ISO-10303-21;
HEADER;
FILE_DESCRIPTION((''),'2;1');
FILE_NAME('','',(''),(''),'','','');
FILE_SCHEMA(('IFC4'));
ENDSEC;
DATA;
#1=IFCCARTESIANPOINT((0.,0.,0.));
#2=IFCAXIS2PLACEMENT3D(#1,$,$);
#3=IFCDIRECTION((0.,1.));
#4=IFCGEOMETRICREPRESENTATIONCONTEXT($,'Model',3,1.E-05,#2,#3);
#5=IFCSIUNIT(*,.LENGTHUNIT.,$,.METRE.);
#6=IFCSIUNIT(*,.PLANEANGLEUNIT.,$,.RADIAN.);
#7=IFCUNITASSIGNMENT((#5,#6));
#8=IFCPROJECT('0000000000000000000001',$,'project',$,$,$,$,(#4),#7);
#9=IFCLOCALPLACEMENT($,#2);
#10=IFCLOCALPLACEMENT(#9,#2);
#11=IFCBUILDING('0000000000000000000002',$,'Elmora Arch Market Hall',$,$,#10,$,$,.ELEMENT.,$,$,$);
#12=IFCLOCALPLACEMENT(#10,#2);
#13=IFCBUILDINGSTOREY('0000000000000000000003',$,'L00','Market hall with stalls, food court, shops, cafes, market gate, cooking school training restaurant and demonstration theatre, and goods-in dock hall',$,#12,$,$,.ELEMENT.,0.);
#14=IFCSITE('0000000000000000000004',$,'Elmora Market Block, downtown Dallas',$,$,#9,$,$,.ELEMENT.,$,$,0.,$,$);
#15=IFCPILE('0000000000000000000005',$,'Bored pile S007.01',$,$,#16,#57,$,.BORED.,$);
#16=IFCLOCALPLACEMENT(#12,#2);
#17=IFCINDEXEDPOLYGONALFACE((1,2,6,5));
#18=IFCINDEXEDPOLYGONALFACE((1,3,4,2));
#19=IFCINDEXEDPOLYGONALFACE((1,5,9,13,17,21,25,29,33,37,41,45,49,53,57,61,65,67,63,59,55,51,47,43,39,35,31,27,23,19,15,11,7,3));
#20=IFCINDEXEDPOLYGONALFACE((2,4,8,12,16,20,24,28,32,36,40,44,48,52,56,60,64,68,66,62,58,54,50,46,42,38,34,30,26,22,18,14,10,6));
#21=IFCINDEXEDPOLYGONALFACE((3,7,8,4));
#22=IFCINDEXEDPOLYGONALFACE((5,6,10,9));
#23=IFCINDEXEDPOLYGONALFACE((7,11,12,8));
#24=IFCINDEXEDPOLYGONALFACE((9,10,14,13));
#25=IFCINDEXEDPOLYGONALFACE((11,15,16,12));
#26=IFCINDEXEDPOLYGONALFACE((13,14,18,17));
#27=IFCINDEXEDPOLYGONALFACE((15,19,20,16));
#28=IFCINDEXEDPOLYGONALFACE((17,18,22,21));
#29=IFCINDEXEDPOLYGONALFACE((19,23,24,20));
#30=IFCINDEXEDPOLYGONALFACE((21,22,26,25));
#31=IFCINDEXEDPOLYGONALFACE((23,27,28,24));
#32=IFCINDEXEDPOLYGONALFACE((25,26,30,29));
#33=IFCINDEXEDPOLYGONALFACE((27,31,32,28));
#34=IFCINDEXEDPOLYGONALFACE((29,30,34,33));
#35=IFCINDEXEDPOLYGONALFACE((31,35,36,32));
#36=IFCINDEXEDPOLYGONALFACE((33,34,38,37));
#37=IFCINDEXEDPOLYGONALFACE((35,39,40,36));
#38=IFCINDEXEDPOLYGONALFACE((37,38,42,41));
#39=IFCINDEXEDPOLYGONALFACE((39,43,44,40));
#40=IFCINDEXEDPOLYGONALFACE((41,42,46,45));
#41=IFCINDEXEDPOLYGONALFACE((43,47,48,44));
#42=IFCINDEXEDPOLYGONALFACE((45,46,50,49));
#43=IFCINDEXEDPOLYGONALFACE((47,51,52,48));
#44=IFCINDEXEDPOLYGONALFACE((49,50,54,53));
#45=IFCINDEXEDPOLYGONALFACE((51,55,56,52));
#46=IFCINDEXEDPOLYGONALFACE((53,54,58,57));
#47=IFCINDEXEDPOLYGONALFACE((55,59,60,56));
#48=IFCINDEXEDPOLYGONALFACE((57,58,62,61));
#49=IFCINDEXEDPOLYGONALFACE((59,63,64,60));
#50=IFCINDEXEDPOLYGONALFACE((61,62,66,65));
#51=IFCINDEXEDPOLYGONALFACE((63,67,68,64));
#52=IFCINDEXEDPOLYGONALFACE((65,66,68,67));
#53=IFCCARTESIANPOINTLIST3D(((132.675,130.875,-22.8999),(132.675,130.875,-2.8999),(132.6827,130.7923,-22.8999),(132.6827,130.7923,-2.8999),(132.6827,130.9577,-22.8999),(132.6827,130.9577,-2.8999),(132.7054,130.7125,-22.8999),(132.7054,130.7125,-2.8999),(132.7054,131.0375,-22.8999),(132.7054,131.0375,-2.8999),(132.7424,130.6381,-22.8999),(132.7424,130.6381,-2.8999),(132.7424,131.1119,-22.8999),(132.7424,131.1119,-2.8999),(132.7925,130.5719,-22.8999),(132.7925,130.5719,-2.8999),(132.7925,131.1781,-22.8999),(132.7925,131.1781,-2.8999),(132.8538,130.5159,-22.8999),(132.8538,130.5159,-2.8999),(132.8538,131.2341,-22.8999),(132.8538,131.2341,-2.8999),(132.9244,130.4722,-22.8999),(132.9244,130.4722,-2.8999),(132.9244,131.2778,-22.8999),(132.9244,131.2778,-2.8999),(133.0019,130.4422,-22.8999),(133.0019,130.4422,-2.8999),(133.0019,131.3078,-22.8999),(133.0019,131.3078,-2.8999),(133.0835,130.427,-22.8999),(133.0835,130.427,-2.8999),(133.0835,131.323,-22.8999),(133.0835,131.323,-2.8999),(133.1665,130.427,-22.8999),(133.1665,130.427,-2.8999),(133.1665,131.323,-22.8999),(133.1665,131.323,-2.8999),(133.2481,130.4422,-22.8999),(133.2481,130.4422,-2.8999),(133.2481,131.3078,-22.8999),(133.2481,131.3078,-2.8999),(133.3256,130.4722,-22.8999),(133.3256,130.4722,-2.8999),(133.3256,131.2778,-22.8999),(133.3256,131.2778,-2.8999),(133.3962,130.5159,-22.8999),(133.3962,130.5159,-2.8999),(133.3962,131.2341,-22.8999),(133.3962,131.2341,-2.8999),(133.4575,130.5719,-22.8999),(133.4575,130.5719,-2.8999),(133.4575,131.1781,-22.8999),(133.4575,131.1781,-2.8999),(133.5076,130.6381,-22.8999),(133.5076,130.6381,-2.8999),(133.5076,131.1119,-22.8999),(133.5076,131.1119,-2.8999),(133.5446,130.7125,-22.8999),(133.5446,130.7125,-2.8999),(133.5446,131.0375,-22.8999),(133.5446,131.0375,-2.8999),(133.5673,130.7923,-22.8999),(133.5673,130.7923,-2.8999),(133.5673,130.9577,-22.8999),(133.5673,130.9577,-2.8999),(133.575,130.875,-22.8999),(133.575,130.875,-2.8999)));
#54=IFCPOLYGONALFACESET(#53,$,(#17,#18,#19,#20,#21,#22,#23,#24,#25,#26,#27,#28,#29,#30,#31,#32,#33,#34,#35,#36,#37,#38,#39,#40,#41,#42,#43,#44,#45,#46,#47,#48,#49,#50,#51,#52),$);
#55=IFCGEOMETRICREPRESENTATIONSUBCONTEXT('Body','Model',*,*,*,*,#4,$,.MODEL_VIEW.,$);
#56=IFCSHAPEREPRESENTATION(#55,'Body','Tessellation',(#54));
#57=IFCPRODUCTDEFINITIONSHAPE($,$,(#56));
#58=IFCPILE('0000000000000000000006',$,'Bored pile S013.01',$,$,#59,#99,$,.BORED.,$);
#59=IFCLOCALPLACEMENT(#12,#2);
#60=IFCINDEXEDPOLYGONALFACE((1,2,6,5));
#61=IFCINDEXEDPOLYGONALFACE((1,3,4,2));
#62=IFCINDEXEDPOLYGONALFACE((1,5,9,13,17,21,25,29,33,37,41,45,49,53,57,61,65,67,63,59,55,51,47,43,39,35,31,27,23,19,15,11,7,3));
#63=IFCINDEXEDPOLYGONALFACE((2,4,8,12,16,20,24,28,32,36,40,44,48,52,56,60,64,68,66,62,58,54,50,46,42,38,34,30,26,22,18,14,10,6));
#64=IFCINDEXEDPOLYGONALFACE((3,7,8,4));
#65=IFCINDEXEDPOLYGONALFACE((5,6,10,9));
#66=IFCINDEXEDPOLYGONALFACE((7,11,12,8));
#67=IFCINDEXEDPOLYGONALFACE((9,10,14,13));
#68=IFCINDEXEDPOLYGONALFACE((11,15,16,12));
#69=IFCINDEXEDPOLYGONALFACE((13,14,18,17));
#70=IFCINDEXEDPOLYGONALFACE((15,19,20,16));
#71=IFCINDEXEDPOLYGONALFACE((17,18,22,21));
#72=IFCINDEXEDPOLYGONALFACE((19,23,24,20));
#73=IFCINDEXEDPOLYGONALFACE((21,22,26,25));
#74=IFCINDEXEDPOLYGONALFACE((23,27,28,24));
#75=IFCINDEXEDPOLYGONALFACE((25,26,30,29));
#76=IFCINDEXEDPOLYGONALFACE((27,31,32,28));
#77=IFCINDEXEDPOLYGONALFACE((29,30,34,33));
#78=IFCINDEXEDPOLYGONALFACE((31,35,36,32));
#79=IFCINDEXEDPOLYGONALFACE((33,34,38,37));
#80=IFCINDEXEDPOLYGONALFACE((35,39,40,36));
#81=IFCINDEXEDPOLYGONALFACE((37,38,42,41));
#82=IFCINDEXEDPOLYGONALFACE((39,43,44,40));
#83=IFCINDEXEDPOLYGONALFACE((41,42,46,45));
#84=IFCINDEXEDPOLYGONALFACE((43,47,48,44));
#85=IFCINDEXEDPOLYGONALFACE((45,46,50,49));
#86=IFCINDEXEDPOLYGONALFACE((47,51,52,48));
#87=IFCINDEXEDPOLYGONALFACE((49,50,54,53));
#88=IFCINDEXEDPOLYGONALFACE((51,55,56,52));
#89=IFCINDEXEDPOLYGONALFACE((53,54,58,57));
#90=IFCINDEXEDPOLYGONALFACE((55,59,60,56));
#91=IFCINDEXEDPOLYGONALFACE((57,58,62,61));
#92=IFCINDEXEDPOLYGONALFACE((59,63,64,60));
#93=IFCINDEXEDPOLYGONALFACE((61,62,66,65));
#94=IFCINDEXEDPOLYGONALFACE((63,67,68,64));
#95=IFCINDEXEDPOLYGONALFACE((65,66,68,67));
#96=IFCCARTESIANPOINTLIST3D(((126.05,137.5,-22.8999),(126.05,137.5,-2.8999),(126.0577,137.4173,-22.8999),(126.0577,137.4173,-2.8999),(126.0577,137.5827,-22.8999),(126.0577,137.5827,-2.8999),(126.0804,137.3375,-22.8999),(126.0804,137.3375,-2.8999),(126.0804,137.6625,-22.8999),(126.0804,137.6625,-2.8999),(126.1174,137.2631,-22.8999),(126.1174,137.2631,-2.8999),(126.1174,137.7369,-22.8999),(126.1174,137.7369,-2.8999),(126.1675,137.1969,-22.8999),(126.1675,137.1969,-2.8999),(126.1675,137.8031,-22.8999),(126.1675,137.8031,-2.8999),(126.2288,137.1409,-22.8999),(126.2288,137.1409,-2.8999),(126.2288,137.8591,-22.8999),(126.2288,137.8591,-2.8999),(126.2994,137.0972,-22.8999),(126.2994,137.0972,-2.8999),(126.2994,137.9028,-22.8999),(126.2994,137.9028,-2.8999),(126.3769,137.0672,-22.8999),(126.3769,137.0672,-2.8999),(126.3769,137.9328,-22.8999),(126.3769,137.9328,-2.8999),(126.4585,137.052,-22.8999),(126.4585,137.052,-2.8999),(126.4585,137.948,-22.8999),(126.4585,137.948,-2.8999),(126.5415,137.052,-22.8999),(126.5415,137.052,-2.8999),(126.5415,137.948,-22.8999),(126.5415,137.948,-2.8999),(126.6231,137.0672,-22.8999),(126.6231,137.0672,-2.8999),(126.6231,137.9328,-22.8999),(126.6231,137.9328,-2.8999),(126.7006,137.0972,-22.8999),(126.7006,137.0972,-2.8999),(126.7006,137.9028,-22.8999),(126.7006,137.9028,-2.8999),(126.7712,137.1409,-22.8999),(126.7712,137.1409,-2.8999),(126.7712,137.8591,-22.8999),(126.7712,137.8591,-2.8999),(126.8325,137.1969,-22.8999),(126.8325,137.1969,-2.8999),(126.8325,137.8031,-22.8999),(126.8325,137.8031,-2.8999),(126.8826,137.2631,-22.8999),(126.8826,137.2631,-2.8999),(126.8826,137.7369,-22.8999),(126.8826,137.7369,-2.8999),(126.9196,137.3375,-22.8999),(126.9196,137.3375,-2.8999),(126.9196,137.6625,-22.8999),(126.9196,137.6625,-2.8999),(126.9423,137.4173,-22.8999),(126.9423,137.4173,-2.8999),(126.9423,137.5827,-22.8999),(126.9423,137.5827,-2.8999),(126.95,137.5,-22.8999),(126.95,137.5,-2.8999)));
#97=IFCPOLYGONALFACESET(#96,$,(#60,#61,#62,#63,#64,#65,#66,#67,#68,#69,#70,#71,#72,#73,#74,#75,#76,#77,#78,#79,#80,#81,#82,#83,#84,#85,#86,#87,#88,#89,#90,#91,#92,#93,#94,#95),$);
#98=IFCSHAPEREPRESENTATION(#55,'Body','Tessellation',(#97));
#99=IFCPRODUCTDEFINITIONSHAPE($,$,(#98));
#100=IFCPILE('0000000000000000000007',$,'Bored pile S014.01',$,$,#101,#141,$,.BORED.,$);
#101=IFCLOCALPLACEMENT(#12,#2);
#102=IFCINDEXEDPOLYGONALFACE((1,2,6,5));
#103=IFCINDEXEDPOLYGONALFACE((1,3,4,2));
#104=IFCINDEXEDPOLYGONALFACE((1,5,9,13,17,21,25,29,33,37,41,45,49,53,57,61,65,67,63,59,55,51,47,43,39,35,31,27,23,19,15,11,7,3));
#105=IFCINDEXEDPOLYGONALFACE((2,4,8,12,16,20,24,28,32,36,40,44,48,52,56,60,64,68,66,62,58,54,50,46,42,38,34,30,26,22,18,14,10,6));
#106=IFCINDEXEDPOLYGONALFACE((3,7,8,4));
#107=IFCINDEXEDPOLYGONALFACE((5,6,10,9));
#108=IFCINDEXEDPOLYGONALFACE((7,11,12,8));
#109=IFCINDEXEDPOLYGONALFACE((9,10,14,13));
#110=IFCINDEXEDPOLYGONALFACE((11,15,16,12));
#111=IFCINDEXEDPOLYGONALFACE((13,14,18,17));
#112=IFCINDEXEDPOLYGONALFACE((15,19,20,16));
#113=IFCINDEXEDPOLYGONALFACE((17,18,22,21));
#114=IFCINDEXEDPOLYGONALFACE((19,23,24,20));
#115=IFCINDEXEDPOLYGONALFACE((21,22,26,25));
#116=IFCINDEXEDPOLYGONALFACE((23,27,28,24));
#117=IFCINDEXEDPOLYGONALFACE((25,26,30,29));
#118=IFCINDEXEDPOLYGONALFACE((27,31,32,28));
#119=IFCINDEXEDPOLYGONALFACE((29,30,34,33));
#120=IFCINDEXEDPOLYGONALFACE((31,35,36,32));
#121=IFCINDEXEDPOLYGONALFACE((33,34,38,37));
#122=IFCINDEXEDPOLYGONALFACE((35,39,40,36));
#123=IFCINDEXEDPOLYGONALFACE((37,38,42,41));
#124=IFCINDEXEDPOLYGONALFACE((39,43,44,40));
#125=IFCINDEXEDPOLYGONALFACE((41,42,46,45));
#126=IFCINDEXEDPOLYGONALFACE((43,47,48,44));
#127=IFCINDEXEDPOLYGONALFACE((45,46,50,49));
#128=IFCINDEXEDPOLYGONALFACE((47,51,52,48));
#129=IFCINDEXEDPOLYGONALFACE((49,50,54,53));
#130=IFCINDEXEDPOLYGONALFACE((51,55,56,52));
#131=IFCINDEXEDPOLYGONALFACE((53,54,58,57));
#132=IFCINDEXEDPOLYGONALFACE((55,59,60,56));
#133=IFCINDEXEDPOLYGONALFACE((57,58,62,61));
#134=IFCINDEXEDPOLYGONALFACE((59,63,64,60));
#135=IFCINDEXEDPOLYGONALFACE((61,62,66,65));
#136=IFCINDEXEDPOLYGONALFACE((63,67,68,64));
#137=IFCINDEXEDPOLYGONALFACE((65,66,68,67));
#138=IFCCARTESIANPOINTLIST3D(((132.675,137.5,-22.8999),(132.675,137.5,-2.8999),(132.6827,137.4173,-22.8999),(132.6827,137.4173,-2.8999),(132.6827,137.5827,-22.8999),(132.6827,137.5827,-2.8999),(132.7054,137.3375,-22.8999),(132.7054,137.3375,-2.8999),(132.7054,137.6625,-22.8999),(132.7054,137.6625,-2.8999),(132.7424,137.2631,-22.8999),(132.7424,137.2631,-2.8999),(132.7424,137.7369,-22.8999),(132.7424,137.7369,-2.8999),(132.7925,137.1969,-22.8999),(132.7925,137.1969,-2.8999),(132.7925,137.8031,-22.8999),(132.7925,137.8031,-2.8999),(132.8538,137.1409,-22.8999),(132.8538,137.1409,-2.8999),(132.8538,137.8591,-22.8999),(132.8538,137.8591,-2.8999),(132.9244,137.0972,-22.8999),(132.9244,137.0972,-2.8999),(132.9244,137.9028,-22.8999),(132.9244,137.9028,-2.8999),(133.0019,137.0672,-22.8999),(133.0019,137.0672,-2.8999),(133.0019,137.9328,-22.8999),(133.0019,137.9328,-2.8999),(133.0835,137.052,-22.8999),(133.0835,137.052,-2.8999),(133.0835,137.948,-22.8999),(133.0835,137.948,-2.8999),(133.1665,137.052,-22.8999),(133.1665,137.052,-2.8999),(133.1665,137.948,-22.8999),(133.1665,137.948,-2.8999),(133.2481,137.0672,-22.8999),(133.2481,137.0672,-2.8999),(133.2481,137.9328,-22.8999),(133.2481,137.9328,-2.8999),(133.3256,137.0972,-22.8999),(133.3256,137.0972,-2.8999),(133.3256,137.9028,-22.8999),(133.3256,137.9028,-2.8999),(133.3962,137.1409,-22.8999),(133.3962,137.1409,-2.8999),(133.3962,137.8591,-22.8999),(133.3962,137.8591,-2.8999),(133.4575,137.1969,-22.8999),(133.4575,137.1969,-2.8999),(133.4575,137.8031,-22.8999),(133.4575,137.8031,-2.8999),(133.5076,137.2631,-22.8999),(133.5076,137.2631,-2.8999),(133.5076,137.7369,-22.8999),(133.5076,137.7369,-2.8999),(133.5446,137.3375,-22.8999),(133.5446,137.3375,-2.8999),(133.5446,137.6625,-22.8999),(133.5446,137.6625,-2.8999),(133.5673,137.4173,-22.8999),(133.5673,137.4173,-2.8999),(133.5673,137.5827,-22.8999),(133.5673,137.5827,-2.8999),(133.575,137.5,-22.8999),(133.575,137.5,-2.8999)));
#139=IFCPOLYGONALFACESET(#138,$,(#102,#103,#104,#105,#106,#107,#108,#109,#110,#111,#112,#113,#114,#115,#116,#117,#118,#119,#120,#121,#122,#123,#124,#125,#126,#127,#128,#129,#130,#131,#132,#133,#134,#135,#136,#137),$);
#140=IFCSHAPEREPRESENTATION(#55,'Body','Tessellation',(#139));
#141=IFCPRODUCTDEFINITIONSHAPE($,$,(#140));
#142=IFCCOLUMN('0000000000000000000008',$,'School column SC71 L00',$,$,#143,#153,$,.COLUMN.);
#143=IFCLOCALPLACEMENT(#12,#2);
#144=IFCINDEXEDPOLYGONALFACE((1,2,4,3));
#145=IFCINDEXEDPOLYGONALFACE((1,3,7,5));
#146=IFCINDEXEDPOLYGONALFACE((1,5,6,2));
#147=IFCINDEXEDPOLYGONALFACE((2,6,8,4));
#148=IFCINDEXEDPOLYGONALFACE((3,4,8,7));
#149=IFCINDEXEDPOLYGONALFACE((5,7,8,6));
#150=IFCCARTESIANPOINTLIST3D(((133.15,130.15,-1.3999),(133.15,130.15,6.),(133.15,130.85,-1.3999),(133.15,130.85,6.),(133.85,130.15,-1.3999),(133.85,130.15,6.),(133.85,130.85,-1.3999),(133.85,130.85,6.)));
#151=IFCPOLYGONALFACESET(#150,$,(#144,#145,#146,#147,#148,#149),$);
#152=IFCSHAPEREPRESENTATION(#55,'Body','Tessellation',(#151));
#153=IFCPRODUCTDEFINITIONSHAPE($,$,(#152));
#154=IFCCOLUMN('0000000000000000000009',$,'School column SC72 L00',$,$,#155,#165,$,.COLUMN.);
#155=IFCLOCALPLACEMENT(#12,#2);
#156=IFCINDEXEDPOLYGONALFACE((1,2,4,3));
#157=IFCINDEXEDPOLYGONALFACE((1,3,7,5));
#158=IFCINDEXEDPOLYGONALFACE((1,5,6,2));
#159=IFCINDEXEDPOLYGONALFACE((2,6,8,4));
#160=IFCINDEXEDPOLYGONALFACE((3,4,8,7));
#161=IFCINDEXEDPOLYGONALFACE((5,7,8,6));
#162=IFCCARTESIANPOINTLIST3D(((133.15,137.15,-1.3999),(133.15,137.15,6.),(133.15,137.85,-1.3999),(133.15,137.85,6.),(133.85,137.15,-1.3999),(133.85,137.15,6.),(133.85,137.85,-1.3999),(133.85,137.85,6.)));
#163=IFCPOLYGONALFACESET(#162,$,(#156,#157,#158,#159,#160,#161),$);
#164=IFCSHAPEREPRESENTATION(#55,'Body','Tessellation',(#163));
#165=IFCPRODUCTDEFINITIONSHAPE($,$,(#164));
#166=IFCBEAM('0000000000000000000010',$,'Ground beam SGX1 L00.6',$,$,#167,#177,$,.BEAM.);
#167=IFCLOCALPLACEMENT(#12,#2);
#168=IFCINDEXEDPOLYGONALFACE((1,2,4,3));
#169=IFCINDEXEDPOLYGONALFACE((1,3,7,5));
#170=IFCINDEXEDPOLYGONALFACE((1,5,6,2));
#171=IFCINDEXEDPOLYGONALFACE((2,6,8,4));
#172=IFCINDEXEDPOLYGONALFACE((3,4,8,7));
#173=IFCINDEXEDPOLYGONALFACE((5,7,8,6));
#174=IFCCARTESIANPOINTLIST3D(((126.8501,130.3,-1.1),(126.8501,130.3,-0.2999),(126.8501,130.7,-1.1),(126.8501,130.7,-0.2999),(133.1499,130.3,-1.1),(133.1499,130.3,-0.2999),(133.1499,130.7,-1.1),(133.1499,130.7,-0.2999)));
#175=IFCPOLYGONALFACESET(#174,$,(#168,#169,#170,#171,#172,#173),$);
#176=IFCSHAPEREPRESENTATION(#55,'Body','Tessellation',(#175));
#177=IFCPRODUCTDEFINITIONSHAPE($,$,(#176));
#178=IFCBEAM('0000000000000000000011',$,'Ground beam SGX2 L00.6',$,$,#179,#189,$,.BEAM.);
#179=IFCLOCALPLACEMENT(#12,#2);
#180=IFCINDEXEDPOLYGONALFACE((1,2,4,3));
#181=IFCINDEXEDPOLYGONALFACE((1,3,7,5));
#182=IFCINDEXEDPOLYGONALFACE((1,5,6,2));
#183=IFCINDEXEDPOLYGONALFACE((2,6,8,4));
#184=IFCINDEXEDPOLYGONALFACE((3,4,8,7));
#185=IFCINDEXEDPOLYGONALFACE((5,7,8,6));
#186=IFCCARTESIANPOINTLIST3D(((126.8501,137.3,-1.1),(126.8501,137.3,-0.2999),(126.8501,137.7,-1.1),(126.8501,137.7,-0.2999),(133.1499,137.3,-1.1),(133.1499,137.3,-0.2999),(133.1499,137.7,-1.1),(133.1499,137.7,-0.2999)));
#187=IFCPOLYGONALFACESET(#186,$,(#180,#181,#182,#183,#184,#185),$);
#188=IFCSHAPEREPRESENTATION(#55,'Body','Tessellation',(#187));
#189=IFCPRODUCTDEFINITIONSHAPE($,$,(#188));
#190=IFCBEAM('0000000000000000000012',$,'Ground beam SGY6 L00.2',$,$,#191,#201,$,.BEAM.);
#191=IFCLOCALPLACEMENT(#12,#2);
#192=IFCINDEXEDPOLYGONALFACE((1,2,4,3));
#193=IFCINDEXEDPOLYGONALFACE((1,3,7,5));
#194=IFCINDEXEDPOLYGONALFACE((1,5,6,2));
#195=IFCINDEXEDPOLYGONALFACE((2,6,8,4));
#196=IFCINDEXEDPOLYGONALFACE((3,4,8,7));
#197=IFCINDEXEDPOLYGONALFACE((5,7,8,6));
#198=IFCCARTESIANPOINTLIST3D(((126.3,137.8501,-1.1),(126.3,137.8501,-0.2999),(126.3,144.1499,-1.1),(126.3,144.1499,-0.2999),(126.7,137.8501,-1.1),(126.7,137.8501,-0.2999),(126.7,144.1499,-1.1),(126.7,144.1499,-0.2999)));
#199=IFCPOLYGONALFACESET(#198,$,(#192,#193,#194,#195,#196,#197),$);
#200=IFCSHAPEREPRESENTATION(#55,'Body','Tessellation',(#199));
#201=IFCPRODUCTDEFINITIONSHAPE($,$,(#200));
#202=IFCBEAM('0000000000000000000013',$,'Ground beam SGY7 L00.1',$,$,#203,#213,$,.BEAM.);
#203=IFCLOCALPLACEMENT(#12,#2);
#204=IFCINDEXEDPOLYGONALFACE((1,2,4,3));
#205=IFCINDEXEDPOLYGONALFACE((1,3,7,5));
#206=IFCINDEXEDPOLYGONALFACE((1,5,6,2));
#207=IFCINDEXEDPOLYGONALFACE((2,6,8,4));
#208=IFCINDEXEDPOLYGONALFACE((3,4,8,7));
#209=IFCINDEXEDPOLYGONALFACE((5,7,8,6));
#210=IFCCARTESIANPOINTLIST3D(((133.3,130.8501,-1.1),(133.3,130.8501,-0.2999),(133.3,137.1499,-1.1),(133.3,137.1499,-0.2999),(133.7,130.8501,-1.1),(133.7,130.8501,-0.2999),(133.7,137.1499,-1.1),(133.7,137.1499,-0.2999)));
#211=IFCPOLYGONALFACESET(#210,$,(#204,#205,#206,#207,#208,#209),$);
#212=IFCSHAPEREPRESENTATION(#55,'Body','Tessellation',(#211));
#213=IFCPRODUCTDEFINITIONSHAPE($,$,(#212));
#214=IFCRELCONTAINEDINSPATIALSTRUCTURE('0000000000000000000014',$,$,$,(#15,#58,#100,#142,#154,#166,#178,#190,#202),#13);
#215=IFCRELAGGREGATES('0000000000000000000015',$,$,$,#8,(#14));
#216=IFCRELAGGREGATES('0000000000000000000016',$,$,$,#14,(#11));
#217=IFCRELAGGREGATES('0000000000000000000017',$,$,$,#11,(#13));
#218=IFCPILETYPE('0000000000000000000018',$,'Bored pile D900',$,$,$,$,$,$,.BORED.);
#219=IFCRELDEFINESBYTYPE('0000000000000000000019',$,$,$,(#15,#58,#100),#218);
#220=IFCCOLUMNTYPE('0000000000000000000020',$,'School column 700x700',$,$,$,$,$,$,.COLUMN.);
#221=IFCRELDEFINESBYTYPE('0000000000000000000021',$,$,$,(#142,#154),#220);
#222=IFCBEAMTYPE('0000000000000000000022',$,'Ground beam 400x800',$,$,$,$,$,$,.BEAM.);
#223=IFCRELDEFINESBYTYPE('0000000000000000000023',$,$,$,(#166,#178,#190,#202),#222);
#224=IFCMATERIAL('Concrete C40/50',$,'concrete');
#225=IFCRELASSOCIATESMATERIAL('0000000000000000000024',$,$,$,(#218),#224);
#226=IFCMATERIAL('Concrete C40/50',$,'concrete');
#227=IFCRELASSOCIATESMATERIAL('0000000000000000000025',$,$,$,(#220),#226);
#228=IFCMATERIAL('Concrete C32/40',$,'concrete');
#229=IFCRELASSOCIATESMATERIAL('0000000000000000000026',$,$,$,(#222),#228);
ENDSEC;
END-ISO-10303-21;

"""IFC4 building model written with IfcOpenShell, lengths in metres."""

from ifc_helpers import new_model, si_unit, direction, frame, origin, origin_2d, place, context, subcontext, project, spatial, rectangle, circle, extrude, material, material_profile, profile_set, type_object, element, save


model = new_model("IFC4")

# Units and contexts
model_context = context("Model", 3, precision=1e-05, world=origin(), true_north=direction((0.0, 1.0)))
body_context = subcontext(model_context, "Body", "Model", "MODEL_VIEW")
ifc_project = project(units=[si_unit("LENGTHUNIT", "METRE"), si_unit("PLANEANGLEUNIT", "RADIAN")], contexts=[model_context])

# Site, building, storey
site_placement = place(None, origin())
site = spatial("IfcSite", under=ifc_project, at=site_placement, Name="Elmora Market Block, downtown Dallas", CompositionType="ELEMENT", RefElevation=0.0)
building_placement = place(site_placement, origin())
building = spatial("IfcBuilding", under=site, at=building_placement, Name="Elmora Arch Market Hall", CompositionType="ELEMENT")
storey_placement = place(building_placement, origin())
storey = spatial("IfcBuildingStorey", under=building, at=storey_placement, Name="L00", Description="Market hall with stalls, food court, shops, cafes, market gate, cooking school training restaurant and demonstration theatre, and goods-in dock hall", CompositionType="ELEMENT", Elevation=0.0)

# Piles
ifc_material_1 = material(Name="Concrete C40/50", Category="concrete")
ifc_material_profile_1 = material_profile(ifc_material_1, circle(Radius=0.45, at=origin_2d()), Name="Bored pile D900")
ifc_profile_set_1 = profile_set([ifc_material_profile_1], Name="Concrete C40/50")
pile_type = type_object("IfcPileType", Name="Bored pile D900", PredefinedType="BORED", material=ifc_profile_set_1)
for number, where, z_axis, x_axis, name in (
    (1, (133.125, 130.875, -2.8999), (0.0, 0.0, -1.0), (1.0, 0.0, 0.0), "Bored pile S007.01"),
    (2, (126.5, 137.5, -2.8999), (0.0, 0.0, -1.0), (1.0, 0.0, 0.0), "Bored pile S013.01"),
    (3, (133.125, 137.5, -2.8999), (0.0, 0.0, -1.0), (1.0, 0.0, 0.0), "Bored pile S014.01"),
):
    element("IfcPile", number, at=place(storey_placement, frame(where, z_axis=z_axis, x_axis=x_axis)), inside=storey, type_object=pile_type, Name=name, PredefinedType="BORED", context=body_context, shape_type="SweptSolid", body=[
        extrude(circle(Radius=0.45, at=origin_2d()), origin(), (0.0, 0.0, 1.0), 20.0),
    ])

# Columns
ifc_material_2 = material(Name="Concrete C40/50", Category="concrete")
ifc_material_profile_2 = material_profile(ifc_material_2, rectangle(XDim=0.7, YDim=0.7, at=origin_2d()), Name="School column 700x700")
ifc_profile_set_2 = profile_set([ifc_material_profile_2], Name="Concrete C40/50")
column_type = type_object("IfcColumnType", Name="School column 700x700", PredefinedType="COLUMN", material=ifc_profile_set_2)
for number, where, z_axis, x_axis, name in (
    (4, (133.5, 130.5, -1.3999), (0.0, 0.0, 1.0), (1.0, 0.0, 0.0), "School column SC71 L00"),
    (5, (133.5, 137.5, -1.3999), (0.0, 0.0, 1.0), (1.0, 0.0, 0.0), "School column SC72 L00"),
):
    element("IfcColumn", number, at=place(storey_placement, frame(where, z_axis=z_axis, x_axis=x_axis)), inside=storey, type_object=column_type, Name=name, PredefinedType="COLUMN", context=body_context, shape_type="SweptSolid", body=[
        extrude(rectangle(XDim=0.7, YDim=0.7, at=origin_2d()), origin(), (0.0, 0.0, 1.0), 7.3999),
    ])

# Beams
ifc_material_3 = material(Name="Concrete C32/40", Category="concrete")
ifc_material_profile_3 = material_profile(ifc_material_3, rectangle(XDim=0.3999, YDim=0.8, at=origin_2d()), Name="Ground beam 400x800")
ifc_profile_set_3 = profile_set([ifc_material_profile_3], Name="Concrete C32/40")
beam_type_1 = type_object("IfcBeamType", Name="Ground beam 400x800", PredefinedType="BEAM", material=ifc_profile_set_3)
for number, where, z_axis, x_axis, name in (
    (6, (126.8501, 130.5, -0.7), (1.0, 0.0, 0.0), (0.0, 1.0, 0.0), "Ground beam SGX1 L00.6"),
    (7, (126.8501, 137.5, -0.7), (1.0, 0.0, 0.0), (0.0, 1.0, 0.0), "Ground beam SGX2 L00.6"),
    (8, (126.5, 137.8501, -0.7), (0.0, 1.0, 0.0), (-1.0, 0.0, 0.0), "Ground beam SGY6 L00.2"),
    (9, (133.5, 130.8501, -0.7), (0.0, 1.0, 0.0), (-1.0, 0.0, 0.0), "Ground beam SGY7 L00.1"),
):
    element("IfcBeam", number, at=place(storey_placement, frame(where, z_axis=z_axis, x_axis=x_axis)), inside=storey, type_object=beam_type_1, Name=name, PredefinedType="BEAM", context=body_context, shape_type="SweptSolid", body=[
        extrude(rectangle(XDim=0.3999, YDim=0.8, at=origin_2d()), origin(), (0.0, 0.0, 1.0), 6.2998),
    ])

save(model, "model.ifc")
